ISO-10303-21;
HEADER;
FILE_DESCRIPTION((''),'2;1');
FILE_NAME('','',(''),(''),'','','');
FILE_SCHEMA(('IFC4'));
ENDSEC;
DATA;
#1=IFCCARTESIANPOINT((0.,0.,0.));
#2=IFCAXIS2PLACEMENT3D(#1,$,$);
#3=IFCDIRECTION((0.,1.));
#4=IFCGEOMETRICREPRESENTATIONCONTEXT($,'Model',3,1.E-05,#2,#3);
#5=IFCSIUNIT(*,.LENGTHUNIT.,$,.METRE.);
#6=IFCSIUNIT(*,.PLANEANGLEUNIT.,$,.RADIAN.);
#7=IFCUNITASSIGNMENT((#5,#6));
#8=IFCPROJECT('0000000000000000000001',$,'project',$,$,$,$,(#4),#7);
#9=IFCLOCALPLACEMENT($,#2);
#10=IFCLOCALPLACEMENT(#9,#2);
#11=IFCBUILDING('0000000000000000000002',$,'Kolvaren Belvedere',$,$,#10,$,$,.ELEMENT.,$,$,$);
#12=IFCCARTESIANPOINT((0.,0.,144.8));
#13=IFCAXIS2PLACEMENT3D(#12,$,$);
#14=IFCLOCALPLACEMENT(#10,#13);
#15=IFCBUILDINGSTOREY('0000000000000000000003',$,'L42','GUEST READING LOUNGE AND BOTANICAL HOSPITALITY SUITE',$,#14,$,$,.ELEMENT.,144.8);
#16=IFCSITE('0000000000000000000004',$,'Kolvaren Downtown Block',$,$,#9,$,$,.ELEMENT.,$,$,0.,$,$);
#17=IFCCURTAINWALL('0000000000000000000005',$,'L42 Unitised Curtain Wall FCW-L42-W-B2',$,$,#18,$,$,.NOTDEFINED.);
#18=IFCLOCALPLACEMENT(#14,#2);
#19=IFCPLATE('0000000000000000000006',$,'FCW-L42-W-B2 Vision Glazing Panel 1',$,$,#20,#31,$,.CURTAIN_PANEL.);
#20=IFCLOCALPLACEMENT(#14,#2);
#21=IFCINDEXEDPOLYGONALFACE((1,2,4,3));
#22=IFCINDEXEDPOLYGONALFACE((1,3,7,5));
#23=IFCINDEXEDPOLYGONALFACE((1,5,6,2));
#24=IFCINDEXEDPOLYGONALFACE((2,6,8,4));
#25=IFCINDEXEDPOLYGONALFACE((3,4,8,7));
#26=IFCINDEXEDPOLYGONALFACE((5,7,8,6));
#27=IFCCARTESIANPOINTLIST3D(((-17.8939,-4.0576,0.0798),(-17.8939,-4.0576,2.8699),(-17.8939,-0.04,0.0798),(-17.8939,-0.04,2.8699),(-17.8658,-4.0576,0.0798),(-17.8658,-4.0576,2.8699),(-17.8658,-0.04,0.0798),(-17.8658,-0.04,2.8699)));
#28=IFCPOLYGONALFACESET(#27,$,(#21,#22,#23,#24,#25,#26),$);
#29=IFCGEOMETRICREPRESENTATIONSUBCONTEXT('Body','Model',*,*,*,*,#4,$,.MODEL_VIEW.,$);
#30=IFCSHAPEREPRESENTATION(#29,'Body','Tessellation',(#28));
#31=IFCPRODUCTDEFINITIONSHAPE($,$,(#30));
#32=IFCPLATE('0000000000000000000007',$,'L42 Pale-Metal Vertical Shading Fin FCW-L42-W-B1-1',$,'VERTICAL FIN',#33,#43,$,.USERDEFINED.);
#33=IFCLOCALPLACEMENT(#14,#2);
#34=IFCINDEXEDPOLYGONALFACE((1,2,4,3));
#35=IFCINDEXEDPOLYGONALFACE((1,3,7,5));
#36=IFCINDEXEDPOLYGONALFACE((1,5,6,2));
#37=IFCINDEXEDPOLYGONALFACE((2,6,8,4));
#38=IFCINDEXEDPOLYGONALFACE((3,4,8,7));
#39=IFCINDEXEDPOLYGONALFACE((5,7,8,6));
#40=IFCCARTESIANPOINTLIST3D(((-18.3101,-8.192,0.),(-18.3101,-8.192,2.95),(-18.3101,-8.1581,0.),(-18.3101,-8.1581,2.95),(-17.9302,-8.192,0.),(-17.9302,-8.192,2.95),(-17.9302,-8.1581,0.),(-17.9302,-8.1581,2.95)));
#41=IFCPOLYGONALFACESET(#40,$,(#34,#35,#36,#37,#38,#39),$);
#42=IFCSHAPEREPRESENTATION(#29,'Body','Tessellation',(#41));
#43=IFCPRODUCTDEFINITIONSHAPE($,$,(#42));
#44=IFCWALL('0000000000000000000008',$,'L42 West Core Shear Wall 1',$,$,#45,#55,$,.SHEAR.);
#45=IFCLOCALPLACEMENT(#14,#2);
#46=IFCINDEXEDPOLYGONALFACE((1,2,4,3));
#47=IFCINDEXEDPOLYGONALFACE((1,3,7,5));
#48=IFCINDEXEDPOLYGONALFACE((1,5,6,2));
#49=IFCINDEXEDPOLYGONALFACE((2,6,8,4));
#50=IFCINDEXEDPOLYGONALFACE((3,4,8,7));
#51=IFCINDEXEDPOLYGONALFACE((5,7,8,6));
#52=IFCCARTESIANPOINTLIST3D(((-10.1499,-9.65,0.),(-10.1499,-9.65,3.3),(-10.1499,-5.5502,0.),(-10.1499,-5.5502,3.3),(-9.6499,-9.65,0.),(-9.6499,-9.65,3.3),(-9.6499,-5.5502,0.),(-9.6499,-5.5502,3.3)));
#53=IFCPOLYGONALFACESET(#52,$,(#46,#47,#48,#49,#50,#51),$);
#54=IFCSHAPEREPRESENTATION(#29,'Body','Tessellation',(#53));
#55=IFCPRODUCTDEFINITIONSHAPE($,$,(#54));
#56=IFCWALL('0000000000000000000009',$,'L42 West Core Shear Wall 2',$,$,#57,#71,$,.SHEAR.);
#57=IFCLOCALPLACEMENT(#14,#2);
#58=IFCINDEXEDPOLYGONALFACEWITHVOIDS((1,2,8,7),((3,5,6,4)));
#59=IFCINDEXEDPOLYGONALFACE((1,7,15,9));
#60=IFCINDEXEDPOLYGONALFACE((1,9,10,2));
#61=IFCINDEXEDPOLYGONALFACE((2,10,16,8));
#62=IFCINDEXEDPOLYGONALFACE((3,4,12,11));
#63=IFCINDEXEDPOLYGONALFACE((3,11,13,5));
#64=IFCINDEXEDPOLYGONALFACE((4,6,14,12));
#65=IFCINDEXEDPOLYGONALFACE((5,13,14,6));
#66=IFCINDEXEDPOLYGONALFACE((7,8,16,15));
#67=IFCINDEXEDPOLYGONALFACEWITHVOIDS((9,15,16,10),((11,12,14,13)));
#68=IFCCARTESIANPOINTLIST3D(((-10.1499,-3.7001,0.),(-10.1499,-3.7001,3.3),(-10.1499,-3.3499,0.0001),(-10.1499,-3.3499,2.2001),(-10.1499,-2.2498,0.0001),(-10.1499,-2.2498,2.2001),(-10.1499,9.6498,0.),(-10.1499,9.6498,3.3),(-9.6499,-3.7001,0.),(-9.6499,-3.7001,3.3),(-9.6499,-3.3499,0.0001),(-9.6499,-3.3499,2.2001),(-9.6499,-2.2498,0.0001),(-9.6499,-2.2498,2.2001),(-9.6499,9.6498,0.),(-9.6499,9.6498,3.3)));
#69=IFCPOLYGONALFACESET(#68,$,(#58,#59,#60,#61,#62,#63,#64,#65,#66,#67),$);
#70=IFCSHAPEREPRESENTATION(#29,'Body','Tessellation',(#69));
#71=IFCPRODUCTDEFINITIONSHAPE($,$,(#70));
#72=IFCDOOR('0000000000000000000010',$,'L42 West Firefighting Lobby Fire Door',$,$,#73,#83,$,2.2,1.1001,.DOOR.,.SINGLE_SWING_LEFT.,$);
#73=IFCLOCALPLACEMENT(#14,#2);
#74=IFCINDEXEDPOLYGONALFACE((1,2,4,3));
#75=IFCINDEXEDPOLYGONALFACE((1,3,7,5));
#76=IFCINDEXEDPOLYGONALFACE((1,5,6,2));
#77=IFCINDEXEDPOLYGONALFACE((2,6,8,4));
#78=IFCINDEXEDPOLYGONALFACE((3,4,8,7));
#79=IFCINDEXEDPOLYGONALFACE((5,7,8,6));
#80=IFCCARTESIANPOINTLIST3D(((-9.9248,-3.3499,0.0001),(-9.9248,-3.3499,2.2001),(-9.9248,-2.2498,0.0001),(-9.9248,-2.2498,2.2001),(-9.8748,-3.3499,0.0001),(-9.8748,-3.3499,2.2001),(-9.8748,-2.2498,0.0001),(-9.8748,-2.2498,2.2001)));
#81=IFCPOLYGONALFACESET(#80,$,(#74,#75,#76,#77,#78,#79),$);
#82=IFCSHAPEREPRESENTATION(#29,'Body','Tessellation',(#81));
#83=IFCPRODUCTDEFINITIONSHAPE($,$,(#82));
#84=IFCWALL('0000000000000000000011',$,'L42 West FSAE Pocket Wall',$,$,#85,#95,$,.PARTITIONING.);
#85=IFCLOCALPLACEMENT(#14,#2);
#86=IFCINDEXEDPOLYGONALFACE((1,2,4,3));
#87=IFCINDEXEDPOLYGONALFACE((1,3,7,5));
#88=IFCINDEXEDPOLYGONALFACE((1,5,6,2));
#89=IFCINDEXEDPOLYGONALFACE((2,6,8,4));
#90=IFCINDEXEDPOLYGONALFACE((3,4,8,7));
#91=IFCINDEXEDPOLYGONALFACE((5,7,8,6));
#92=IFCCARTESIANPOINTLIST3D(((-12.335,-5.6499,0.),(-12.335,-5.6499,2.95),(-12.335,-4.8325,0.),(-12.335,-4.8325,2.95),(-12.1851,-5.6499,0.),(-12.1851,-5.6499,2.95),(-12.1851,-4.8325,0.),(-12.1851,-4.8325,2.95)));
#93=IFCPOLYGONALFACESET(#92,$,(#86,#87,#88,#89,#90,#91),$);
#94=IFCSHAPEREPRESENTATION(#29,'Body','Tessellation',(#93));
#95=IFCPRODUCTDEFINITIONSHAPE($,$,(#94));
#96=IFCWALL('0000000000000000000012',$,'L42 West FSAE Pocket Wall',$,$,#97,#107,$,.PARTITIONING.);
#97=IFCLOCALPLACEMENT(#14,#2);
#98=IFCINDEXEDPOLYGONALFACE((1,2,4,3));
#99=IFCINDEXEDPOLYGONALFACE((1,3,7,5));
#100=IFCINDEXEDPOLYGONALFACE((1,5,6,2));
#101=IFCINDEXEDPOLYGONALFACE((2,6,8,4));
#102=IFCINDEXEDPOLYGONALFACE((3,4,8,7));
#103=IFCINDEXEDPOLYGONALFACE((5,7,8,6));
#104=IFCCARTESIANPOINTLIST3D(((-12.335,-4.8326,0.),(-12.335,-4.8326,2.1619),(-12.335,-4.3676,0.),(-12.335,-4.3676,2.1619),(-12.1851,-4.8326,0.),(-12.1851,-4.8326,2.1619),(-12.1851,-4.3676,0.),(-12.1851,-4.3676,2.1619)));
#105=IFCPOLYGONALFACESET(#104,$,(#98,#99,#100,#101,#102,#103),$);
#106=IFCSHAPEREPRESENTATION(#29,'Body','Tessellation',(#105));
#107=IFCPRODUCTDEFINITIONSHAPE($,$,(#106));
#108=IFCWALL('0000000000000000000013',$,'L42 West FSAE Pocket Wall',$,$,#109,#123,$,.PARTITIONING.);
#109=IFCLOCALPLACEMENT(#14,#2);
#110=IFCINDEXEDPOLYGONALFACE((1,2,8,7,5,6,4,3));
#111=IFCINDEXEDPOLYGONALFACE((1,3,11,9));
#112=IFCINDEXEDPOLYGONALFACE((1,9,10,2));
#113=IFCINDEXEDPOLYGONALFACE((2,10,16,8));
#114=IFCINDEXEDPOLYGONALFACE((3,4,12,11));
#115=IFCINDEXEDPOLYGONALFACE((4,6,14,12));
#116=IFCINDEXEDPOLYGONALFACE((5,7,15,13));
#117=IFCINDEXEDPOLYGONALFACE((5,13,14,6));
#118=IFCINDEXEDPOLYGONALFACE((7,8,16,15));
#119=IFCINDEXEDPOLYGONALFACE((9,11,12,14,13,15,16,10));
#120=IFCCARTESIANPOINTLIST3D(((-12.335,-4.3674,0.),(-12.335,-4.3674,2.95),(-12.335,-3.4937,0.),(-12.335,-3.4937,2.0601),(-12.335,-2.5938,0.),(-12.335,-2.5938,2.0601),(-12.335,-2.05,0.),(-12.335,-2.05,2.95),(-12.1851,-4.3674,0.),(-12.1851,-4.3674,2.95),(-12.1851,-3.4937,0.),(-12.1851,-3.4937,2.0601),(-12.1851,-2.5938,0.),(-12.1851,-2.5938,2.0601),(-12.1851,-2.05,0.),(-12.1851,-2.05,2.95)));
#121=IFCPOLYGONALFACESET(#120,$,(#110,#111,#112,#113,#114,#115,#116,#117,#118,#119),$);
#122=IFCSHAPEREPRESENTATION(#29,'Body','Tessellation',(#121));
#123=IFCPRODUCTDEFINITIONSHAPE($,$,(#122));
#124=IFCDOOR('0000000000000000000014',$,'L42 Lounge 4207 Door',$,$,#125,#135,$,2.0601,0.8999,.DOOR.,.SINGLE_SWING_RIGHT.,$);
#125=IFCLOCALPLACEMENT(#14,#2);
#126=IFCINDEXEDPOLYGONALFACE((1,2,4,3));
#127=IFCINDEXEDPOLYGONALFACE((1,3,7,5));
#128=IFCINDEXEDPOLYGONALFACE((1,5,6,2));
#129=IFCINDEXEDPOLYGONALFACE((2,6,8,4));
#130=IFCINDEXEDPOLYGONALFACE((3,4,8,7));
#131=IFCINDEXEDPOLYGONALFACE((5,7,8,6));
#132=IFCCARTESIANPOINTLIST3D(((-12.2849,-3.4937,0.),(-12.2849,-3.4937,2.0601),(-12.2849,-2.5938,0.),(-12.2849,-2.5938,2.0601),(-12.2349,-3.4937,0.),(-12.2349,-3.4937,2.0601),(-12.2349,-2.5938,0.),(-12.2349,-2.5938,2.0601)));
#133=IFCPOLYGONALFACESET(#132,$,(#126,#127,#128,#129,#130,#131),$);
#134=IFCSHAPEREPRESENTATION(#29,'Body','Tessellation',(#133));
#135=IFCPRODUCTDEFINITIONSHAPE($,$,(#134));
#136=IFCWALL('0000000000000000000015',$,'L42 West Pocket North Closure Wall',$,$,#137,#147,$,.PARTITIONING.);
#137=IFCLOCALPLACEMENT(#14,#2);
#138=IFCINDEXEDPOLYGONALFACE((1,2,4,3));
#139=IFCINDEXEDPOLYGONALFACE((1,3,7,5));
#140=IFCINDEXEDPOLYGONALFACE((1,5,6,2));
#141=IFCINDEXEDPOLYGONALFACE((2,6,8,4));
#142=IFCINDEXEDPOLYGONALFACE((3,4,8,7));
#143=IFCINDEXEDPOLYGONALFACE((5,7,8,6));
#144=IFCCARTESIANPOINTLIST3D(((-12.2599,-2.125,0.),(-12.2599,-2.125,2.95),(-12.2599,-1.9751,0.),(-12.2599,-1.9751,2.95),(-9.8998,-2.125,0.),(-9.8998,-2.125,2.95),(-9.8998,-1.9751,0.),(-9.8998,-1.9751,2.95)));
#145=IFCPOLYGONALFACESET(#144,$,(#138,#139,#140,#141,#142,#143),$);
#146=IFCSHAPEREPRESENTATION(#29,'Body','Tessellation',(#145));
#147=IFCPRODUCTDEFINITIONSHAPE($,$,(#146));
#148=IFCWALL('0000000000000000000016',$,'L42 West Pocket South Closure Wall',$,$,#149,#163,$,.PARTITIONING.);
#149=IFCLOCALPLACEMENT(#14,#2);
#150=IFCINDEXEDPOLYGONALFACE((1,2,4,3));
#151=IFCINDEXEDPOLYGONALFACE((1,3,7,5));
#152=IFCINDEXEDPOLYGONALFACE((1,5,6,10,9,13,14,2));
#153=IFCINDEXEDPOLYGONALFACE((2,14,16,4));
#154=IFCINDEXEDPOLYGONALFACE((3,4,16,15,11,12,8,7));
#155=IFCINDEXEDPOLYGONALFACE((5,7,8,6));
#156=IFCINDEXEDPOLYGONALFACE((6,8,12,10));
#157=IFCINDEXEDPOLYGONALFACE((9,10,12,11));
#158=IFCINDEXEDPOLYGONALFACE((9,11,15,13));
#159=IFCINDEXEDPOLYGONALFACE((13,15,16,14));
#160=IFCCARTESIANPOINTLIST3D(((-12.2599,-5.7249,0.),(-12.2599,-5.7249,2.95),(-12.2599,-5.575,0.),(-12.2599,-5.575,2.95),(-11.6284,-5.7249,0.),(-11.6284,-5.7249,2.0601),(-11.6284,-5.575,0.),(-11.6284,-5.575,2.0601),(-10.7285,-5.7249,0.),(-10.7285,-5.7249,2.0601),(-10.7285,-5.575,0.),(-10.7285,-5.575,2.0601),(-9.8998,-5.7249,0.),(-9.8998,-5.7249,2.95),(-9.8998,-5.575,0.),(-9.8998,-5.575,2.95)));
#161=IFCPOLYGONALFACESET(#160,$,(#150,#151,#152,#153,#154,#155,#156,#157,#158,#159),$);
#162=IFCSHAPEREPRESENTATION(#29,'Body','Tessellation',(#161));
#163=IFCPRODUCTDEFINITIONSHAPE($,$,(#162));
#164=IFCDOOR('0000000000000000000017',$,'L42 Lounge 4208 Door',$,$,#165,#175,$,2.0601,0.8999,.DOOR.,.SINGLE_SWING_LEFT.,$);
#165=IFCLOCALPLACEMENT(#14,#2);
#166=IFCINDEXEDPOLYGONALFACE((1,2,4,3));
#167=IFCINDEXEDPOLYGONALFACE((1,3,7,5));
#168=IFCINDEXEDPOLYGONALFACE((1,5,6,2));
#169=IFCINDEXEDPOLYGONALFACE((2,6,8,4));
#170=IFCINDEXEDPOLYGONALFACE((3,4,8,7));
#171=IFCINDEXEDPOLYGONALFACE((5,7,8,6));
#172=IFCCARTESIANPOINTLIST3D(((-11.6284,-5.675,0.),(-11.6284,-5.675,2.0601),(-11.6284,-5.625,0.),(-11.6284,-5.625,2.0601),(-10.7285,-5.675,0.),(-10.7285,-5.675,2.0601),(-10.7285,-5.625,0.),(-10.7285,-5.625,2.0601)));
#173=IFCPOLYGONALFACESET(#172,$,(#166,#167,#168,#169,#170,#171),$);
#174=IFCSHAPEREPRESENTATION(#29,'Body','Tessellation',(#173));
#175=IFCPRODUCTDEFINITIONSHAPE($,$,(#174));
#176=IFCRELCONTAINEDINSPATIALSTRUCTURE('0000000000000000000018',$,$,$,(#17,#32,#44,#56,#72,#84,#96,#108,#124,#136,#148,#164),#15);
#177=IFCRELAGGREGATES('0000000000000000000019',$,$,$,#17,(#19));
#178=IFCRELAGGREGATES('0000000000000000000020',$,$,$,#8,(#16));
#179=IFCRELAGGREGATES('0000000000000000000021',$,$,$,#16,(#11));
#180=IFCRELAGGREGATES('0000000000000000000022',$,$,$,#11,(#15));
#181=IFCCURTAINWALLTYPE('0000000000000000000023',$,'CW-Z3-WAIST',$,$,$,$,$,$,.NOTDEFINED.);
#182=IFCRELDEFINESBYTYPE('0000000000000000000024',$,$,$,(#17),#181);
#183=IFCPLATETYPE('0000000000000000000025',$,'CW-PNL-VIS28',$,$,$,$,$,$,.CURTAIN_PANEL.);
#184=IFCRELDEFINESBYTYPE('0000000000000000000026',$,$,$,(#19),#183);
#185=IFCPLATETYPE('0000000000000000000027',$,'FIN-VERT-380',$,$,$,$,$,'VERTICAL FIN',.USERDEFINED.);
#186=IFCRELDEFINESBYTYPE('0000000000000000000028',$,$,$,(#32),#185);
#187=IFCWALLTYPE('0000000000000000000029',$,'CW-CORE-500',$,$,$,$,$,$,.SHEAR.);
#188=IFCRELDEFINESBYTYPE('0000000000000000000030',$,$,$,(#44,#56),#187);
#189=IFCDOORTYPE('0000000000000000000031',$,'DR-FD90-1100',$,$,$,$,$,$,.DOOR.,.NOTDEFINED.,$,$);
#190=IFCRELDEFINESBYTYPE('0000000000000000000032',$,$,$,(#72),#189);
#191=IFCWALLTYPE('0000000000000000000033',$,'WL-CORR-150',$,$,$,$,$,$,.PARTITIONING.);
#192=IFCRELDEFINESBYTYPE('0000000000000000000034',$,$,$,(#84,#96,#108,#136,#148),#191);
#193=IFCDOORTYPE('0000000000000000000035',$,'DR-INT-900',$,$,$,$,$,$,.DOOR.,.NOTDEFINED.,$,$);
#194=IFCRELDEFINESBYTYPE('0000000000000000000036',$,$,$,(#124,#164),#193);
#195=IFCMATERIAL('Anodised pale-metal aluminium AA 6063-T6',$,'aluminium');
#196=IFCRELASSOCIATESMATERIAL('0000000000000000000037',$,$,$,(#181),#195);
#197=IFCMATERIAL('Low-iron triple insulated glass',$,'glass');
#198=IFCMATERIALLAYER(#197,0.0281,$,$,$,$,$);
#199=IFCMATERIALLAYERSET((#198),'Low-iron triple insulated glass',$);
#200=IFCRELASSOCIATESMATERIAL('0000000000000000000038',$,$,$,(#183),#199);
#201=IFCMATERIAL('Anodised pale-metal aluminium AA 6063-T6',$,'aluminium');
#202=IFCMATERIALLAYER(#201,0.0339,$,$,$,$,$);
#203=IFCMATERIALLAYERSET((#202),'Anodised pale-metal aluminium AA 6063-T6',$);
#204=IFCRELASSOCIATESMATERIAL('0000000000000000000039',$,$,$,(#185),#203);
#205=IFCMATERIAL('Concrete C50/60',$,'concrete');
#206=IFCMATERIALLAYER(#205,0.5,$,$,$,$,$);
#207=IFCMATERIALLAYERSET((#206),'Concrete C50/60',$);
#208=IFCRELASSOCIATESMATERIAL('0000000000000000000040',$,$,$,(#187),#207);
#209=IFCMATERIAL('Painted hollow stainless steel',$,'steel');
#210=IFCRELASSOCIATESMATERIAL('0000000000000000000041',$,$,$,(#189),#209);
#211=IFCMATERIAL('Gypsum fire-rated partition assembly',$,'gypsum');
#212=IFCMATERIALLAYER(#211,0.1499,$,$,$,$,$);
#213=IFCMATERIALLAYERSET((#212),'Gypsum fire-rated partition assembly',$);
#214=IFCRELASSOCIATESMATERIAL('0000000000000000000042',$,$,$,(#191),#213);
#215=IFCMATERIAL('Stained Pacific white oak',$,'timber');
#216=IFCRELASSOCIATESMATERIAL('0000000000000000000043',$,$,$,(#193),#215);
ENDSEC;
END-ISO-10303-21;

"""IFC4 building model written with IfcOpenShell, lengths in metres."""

from ifc_helpers import new_model, si_unit, direction, frame, frame_2d, origin, origin_2d, place, context, subcontext, project, spatial, rectangle, extrude, material, layer, layer_set, type_object, element, fill, aggregate, save


model = new_model("IFC4")

# Units and contexts
model_context = context("Model", 3, precision=1e-05, world=origin(), true_north=direction((0.0, 1.0)))
body_context = subcontext(model_context, "Body", "Model", "MODEL_VIEW")
ifc_project = project(units=[si_unit("LENGTHUNIT", "METRE"), si_unit("PLANEANGLEUNIT", "RADIAN")], contexts=[model_context])

# Site, building, storey
site_placement = place(None, origin())
site = spatial("IfcSite", under=ifc_project, at=site_placement, Name="Kolvaren Downtown Block", CompositionType="ELEMENT", RefElevation=0.0)
building_placement = place(site_placement, origin())
building = spatial("IfcBuilding", under=site, at=building_placement, Name="Kolvaren Belvedere", CompositionType="ELEMENT")
storey_placement = place(building_placement, frame((0.0, 0.0, 144.8)))
storey = spatial("IfcBuildingStorey", under=building, at=storey_placement, Name="L42", Description="GUEST READING LOUNGE AND BOTANICAL HOSPITALITY SUITE", CompositionType="ELEMENT", Elevation=144.8)

# Curtain wall
ifc_material_1 = material(Name="Anodised pale-metal aluminium AA 6063-T6", Category="aluminium")
curtain_wall_type = type_object("IfcCurtainWallType", Name="CW-Z3-WAIST", PredefinedType="NOTDEFINED", material=ifc_material_1)
curtain_wall_1_placement = place(storey_placement, origin())
curtain_wall_1 = element("IfcCurtainWall", 1, at=curtain_wall_1_placement, inside=storey, type_object=curtain_wall_type, Name="L42 Unitised Curtain Wall FCW-L42-W-B2", PredefinedType="NOTDEFINED")

# Plates
ifc_material_2 = material(Name="Low-iron triple insulated glass", Category="glass")
ifc_layer_1 = layer(ifc_material_2, 0.0281)
ifc_layer_set_1 = layer_set([ifc_layer_1], Name="Low-iron triple insulated glass")
plate_type_1 = type_object("IfcPlateType", Name="CW-PNL-VIS28", PredefinedType="CURTAIN_PANEL", material=ifc_layer_set_1)
plate_1_placement = place(storey_placement, frame((-17.8799, -2.0488, 0.0798), z_axis=(0.0, 0.0, 1.0), x_axis=(0.0, 1.0, 0.0)))
plate_1 = element("IfcPlate", 2, at=plate_1_placement, type_object=plate_type_1, Name="FCW-L42-W-B2 Vision Glazing Panel 1", PredefinedType="CURTAIN_PANEL", context=body_context, shape_type="SweptSolid", body=[
    extrude(rectangle(XDim=4.0176, YDim=0.0281, at=origin_2d()), origin(), (0.0, 0.0, 1.0), 2.79),
])
aggregate(curtain_wall_1, [plate_1])
ifc_material_3 = material(Name="Anodised pale-metal aluminium AA 6063-T6", Category="aluminium")
ifc_layer_2 = layer(ifc_material_3, 0.0339)
ifc_layer_set_2 = layer_set([ifc_layer_2], Name="Anodised pale-metal aluminium AA 6063-T6")
plate_type_2 = type_object("IfcPlateType", Name="FIN-VERT-380", ElementType="VERTICAL FIN", PredefinedType="USERDEFINED", material=ifc_layer_set_2)
plate_2_placement = place(storey_placement, frame((-18.1201, -8.175, 0.0), z_axis=(0.0, 0.0, 1.0), x_axis=(1.0, 0.0, 0.0)))
element("IfcPlate", 3, at=plate_2_placement, inside=storey, type_object=plate_type_2, Name="L42 Pale-Metal Vertical Shading Fin FCW-L42-W-B1-1", ObjectType="VERTICAL FIN", PredefinedType="USERDEFINED", context=body_context, shape_type="SweptSolid", body=[
    extrude(rectangle(XDim=0.3799, YDim=0.0339, at=origin_2d()), origin(), (0.0, 0.0, 1.0), 2.95),
])

# Wall
ifc_material_4 = material(Name="Concrete C50/60", Category="concrete")
ifc_layer_3 = layer(ifc_material_4, 0.5)
ifc_layer_set_3 = layer_set([ifc_layer_3], Name="Concrete C50/60")
wall_type_1 = type_object("IfcWallType", Name="CW-CORE-500", PredefinedType="SHEAR", material=ifc_layer_set_3)
wall_1_placement = place(storey_placement, frame((-9.8999, -9.6499, 0.0), z_axis=(0.0, 0.0, 1.0), x_axis=(0.0, 1.0, 0.0)))
element("IfcWall", 4, at=wall_1_placement, inside=storey, type_object=wall_type_1, Name="L42 West Core Shear Wall 1", PredefinedType="SHEAR", context=body_context, shape_type="SweptSolid", body=[
    extrude(rectangle(XDim=4.0999, YDim=0.5, at=frame_2d((2.0498, 0.0))), origin(), (0.0, 0.0, 1.0), 3.3),
])

# Wall, opening, door
wall_2_placement = place(storey_placement, frame((-9.8999, -3.7, 0.0), z_axis=(0.0, 0.0, 1.0), x_axis=(0.0, 1.0, 0.0)))
wall_2 = element("IfcWall", 5, at=wall_2_placement, inside=storey, type_object=wall_type_1, Name="L42 West Core Shear Wall 2", PredefinedType="SHEAR", context=body_context, shape_type="SweptSolid", body=[
    extrude(rectangle(XDim=13.3499, YDim=0.5, at=frame_2d((6.6748, 0.0))), origin(), (0.0, 0.0, 1.0), 3.3),
])
opening_1_placement = place(wall_2_placement, frame((0.3501, 0.0, 0.0)))
opening_1 = element("IfcOpeningElement", 6, at=opening_1_placement, cuts=wall_2, PredefinedType="OPENING", context=body_context, shape_type="SweptSolid", body=[
    extrude(rectangle(XDim=1.1001, YDim=2.2, at=frame_2d((0.55, 1.1001))), frame((0.0, 0.26, 0.0), z_axis=(0.0, -1.0, 0.0), x_axis=(1.0, 0.0, 0.0)), (0.0, 0.0, 1.0), 0.52),
])
ifc_material_5 = material(Name="Painted hollow stainless steel", Category="steel")
door_type_1 = type_object("IfcDoorType", Name="DR-FD90-1100", OperationType="NOTDEFINED", PredefinedType="DOOR", material=ifc_material_5)
door_1_placement = place(opening_1_placement, origin())
door_1 = element("IfcDoor", 7, at=door_1_placement, inside=storey, type_object=door_type_1, Name="L42 West Firefighting Lobby Fire Door", OperationType="SINGLE_SWING_LEFT", OverallHeight=2.2, OverallWidth=1.1001, PredefinedType="DOOR", context=body_context, shape_type="SweptSolid", body=[
    extrude(rectangle(XDim=1.1001, YDim=2.2, at=frame_2d((0.55, 1.1001))), frame((0.0, 0.0249, 0.0), z_axis=(0.0, -1.0, 0.0), x_axis=(1.0, 0.0, 0.0)), (0.0, 0.0, 1.0), 0.05),
])
fill(opening_1, door_1)

# Walls
ifc_material_6 = material(Name="Gypsum fire-rated partition assembly", Category="gypsum")
ifc_layer_4 = layer(ifc_material_6, 0.1499)
ifc_layer_set_4 = layer_set([ifc_layer_4], Name="Gypsum fire-rated partition assembly")
wall_type_2 = type_object("IfcWallType", Name="WL-CORR-150", PredefinedType="PARTITIONING", material=ifc_layer_set_4)
wall_3_placement = place(storey_placement, frame((-12.26, -5.6499, 0.0), z_axis=(0.0, 0.0, 1.0), x_axis=(0.0, 1.0, 0.0)))
element("IfcWall", 8, at=wall_3_placement, inside=storey, type_object=wall_type_2, Name="L42 West FSAE Pocket Wall", PredefinedType="PARTITIONING", context=body_context, shape_type="SweptSolid", body=[
    extrude(rectangle(XDim=0.8174, YDim=0.1499, at=frame_2d((0.4087, 0.0))), origin(), (0.0, 0.0, 1.0), 2.95),
])
wall_4_placement = place(storey_placement, frame((-12.26, -4.8325, 0.0), z_axis=(0.0, 0.0, 1.0), x_axis=(0.0, 1.0, 0.0)))
element("IfcWall", 9, at=wall_4_placement, inside=storey, type_object=wall_type_2, Name="L42 West FSAE Pocket Wall", PredefinedType="PARTITIONING", context=body_context, shape_type="SweptSolid", body=[
    extrude(rectangle(XDim=0.4651, YDim=0.1499, at=frame_2d((0.2324, 0.0))), origin(), (0.0, 0.0, 1.0), 2.1619),
])

# Wall, opening, door
wall_5_placement = place(storey_placement, frame((-12.26, -4.3674, 0.0), z_axis=(0.0, 0.0, 1.0), x_axis=(0.0, 1.0, 0.0)))
wall_5 = element("IfcWall", 10, at=wall_5_placement, inside=storey, type_object=wall_type_2, Name="L42 West FSAE Pocket Wall", PredefinedType="PARTITIONING", context=body_context, shape_type="SweptSolid", body=[
    extrude(rectangle(XDim=2.3174, YDim=0.1499, at=frame_2d((1.1587, 0.0))), origin(), (0.0, 0.0, 1.0), 2.95),
])
opening_2_placement = place(wall_5_placement, frame((0.8738, 0.0, 0.0)))
opening_2 = element("IfcOpeningElement", 11, at=opening_2_placement, cuts=wall_5, PredefinedType="OPENING", context=body_context, shape_type="SweptSolid", body=[
    extrude(rectangle(XDim=0.8999, YDim=2.0601, at=frame_2d((0.45, 1.03))), frame((0.0, 0.085, 0.0), z_axis=(0.0, -1.0, 0.0), x_axis=(1.0, 0.0, 0.0)), (0.0, 0.0, 1.0), 0.1699),
])
ifc_material_7 = material(Name="Stained Pacific white oak", Category="timber")
door_type_2 = type_object("IfcDoorType", Name="DR-INT-900", OperationType="NOTDEFINED", PredefinedType="DOOR", material=ifc_material_7)
door_2_placement = place(opening_2_placement, origin())
door_2 = element("IfcDoor", 12, at=door_2_placement, inside=storey, type_object=door_type_2, Name="L42 Lounge 4207 Door", OperationType="SINGLE_SWING_RIGHT", OverallHeight=2.0601, OverallWidth=0.8999, PredefinedType="DOOR", context=body_context, shape_type="SweptSolid", body=[
    extrude(rectangle(XDim=0.8999, YDim=2.0601, at=frame_2d((0.45, 1.03))), frame((0.0, 0.0249, 0.0), z_axis=(0.0, -1.0, 0.0), x_axis=(1.0, 0.0, 0.0)), (0.0, 0.0, 1.0), 0.05),
])
fill(opening_2, door_2)

# Wall
wall_6_placement = place(storey_placement, frame((-12.26, -2.05, 0.0), z_axis=(0.0, 0.0, 1.0), x_axis=(1.0, 0.0, 0.0)))
element("IfcWall", 13, at=wall_6_placement, inside=storey, type_object=wall_type_2, Name="L42 West Pocket North Closure Wall", PredefinedType="PARTITIONING", context=body_context, shape_type="SweptSolid", body=[
    extrude(rectangle(XDim=2.3601, YDim=0.1499, at=frame_2d((1.1802, 0.0))), origin(), (0.0, 0.0, 1.0), 2.95),
])

# Wall, opening, door
wall_7_placement = place(storey_placement, frame((-12.26, -5.6499, 0.0), z_axis=(0.0, 0.0, 1.0), x_axis=(1.0, 0.0, 0.0)))
wall_7 = element("IfcWall", 14, at=wall_7_placement, inside=storey, type_object=wall_type_2, Name="L42 West Pocket South Closure Wall", PredefinedType="PARTITIONING", context=body_context, shape_type="SweptSolid", body=[
    extrude(rectangle(XDim=2.3601, YDim=0.1499, at=frame_2d((1.1802, 0.0))), origin(), (0.0, 0.0, 1.0), 2.95),
])
opening_3_placement = place(wall_7_placement, frame((0.6316, 0.0, 0.0)))
opening_3 = element("IfcOpeningElement", 15, at=opening_3_placement, cuts=wall_7, PredefinedType="OPENING", context=body_context, shape_type="SweptSolid", body=[
    extrude(rectangle(XDim=0.8999, YDim=2.0601, at=frame_2d((0.45, 1.03))), frame((0.0, 0.085, 0.0), z_axis=(0.0, -1.0, 0.0), x_axis=(1.0, 0.0, 0.0)), (0.0, 0.0, 1.0), 0.1699),
])
door_3_placement = place(opening_3_placement, origin())
door_3 = element("IfcDoor", 16, at=door_3_placement, inside=storey, type_object=door_type_2, Name="L42 Lounge 4208 Door", OperationType="SINGLE_SWING_LEFT", OverallHeight=2.0601, OverallWidth=0.8999, PredefinedType="DOOR", context=body_context, shape_type="SweptSolid", body=[
    extrude(rectangle(XDim=0.8999, YDim=2.0601, at=frame_2d((0.45, 1.03))), frame((0.0, 0.0249, 0.0), z_axis=(0.0, -1.0, 0.0), x_axis=(1.0, 0.0, 0.0)), (0.0, 0.0, 1.0), 0.05),
])
fill(opening_3, door_3)

save(model, "model.ifc")
